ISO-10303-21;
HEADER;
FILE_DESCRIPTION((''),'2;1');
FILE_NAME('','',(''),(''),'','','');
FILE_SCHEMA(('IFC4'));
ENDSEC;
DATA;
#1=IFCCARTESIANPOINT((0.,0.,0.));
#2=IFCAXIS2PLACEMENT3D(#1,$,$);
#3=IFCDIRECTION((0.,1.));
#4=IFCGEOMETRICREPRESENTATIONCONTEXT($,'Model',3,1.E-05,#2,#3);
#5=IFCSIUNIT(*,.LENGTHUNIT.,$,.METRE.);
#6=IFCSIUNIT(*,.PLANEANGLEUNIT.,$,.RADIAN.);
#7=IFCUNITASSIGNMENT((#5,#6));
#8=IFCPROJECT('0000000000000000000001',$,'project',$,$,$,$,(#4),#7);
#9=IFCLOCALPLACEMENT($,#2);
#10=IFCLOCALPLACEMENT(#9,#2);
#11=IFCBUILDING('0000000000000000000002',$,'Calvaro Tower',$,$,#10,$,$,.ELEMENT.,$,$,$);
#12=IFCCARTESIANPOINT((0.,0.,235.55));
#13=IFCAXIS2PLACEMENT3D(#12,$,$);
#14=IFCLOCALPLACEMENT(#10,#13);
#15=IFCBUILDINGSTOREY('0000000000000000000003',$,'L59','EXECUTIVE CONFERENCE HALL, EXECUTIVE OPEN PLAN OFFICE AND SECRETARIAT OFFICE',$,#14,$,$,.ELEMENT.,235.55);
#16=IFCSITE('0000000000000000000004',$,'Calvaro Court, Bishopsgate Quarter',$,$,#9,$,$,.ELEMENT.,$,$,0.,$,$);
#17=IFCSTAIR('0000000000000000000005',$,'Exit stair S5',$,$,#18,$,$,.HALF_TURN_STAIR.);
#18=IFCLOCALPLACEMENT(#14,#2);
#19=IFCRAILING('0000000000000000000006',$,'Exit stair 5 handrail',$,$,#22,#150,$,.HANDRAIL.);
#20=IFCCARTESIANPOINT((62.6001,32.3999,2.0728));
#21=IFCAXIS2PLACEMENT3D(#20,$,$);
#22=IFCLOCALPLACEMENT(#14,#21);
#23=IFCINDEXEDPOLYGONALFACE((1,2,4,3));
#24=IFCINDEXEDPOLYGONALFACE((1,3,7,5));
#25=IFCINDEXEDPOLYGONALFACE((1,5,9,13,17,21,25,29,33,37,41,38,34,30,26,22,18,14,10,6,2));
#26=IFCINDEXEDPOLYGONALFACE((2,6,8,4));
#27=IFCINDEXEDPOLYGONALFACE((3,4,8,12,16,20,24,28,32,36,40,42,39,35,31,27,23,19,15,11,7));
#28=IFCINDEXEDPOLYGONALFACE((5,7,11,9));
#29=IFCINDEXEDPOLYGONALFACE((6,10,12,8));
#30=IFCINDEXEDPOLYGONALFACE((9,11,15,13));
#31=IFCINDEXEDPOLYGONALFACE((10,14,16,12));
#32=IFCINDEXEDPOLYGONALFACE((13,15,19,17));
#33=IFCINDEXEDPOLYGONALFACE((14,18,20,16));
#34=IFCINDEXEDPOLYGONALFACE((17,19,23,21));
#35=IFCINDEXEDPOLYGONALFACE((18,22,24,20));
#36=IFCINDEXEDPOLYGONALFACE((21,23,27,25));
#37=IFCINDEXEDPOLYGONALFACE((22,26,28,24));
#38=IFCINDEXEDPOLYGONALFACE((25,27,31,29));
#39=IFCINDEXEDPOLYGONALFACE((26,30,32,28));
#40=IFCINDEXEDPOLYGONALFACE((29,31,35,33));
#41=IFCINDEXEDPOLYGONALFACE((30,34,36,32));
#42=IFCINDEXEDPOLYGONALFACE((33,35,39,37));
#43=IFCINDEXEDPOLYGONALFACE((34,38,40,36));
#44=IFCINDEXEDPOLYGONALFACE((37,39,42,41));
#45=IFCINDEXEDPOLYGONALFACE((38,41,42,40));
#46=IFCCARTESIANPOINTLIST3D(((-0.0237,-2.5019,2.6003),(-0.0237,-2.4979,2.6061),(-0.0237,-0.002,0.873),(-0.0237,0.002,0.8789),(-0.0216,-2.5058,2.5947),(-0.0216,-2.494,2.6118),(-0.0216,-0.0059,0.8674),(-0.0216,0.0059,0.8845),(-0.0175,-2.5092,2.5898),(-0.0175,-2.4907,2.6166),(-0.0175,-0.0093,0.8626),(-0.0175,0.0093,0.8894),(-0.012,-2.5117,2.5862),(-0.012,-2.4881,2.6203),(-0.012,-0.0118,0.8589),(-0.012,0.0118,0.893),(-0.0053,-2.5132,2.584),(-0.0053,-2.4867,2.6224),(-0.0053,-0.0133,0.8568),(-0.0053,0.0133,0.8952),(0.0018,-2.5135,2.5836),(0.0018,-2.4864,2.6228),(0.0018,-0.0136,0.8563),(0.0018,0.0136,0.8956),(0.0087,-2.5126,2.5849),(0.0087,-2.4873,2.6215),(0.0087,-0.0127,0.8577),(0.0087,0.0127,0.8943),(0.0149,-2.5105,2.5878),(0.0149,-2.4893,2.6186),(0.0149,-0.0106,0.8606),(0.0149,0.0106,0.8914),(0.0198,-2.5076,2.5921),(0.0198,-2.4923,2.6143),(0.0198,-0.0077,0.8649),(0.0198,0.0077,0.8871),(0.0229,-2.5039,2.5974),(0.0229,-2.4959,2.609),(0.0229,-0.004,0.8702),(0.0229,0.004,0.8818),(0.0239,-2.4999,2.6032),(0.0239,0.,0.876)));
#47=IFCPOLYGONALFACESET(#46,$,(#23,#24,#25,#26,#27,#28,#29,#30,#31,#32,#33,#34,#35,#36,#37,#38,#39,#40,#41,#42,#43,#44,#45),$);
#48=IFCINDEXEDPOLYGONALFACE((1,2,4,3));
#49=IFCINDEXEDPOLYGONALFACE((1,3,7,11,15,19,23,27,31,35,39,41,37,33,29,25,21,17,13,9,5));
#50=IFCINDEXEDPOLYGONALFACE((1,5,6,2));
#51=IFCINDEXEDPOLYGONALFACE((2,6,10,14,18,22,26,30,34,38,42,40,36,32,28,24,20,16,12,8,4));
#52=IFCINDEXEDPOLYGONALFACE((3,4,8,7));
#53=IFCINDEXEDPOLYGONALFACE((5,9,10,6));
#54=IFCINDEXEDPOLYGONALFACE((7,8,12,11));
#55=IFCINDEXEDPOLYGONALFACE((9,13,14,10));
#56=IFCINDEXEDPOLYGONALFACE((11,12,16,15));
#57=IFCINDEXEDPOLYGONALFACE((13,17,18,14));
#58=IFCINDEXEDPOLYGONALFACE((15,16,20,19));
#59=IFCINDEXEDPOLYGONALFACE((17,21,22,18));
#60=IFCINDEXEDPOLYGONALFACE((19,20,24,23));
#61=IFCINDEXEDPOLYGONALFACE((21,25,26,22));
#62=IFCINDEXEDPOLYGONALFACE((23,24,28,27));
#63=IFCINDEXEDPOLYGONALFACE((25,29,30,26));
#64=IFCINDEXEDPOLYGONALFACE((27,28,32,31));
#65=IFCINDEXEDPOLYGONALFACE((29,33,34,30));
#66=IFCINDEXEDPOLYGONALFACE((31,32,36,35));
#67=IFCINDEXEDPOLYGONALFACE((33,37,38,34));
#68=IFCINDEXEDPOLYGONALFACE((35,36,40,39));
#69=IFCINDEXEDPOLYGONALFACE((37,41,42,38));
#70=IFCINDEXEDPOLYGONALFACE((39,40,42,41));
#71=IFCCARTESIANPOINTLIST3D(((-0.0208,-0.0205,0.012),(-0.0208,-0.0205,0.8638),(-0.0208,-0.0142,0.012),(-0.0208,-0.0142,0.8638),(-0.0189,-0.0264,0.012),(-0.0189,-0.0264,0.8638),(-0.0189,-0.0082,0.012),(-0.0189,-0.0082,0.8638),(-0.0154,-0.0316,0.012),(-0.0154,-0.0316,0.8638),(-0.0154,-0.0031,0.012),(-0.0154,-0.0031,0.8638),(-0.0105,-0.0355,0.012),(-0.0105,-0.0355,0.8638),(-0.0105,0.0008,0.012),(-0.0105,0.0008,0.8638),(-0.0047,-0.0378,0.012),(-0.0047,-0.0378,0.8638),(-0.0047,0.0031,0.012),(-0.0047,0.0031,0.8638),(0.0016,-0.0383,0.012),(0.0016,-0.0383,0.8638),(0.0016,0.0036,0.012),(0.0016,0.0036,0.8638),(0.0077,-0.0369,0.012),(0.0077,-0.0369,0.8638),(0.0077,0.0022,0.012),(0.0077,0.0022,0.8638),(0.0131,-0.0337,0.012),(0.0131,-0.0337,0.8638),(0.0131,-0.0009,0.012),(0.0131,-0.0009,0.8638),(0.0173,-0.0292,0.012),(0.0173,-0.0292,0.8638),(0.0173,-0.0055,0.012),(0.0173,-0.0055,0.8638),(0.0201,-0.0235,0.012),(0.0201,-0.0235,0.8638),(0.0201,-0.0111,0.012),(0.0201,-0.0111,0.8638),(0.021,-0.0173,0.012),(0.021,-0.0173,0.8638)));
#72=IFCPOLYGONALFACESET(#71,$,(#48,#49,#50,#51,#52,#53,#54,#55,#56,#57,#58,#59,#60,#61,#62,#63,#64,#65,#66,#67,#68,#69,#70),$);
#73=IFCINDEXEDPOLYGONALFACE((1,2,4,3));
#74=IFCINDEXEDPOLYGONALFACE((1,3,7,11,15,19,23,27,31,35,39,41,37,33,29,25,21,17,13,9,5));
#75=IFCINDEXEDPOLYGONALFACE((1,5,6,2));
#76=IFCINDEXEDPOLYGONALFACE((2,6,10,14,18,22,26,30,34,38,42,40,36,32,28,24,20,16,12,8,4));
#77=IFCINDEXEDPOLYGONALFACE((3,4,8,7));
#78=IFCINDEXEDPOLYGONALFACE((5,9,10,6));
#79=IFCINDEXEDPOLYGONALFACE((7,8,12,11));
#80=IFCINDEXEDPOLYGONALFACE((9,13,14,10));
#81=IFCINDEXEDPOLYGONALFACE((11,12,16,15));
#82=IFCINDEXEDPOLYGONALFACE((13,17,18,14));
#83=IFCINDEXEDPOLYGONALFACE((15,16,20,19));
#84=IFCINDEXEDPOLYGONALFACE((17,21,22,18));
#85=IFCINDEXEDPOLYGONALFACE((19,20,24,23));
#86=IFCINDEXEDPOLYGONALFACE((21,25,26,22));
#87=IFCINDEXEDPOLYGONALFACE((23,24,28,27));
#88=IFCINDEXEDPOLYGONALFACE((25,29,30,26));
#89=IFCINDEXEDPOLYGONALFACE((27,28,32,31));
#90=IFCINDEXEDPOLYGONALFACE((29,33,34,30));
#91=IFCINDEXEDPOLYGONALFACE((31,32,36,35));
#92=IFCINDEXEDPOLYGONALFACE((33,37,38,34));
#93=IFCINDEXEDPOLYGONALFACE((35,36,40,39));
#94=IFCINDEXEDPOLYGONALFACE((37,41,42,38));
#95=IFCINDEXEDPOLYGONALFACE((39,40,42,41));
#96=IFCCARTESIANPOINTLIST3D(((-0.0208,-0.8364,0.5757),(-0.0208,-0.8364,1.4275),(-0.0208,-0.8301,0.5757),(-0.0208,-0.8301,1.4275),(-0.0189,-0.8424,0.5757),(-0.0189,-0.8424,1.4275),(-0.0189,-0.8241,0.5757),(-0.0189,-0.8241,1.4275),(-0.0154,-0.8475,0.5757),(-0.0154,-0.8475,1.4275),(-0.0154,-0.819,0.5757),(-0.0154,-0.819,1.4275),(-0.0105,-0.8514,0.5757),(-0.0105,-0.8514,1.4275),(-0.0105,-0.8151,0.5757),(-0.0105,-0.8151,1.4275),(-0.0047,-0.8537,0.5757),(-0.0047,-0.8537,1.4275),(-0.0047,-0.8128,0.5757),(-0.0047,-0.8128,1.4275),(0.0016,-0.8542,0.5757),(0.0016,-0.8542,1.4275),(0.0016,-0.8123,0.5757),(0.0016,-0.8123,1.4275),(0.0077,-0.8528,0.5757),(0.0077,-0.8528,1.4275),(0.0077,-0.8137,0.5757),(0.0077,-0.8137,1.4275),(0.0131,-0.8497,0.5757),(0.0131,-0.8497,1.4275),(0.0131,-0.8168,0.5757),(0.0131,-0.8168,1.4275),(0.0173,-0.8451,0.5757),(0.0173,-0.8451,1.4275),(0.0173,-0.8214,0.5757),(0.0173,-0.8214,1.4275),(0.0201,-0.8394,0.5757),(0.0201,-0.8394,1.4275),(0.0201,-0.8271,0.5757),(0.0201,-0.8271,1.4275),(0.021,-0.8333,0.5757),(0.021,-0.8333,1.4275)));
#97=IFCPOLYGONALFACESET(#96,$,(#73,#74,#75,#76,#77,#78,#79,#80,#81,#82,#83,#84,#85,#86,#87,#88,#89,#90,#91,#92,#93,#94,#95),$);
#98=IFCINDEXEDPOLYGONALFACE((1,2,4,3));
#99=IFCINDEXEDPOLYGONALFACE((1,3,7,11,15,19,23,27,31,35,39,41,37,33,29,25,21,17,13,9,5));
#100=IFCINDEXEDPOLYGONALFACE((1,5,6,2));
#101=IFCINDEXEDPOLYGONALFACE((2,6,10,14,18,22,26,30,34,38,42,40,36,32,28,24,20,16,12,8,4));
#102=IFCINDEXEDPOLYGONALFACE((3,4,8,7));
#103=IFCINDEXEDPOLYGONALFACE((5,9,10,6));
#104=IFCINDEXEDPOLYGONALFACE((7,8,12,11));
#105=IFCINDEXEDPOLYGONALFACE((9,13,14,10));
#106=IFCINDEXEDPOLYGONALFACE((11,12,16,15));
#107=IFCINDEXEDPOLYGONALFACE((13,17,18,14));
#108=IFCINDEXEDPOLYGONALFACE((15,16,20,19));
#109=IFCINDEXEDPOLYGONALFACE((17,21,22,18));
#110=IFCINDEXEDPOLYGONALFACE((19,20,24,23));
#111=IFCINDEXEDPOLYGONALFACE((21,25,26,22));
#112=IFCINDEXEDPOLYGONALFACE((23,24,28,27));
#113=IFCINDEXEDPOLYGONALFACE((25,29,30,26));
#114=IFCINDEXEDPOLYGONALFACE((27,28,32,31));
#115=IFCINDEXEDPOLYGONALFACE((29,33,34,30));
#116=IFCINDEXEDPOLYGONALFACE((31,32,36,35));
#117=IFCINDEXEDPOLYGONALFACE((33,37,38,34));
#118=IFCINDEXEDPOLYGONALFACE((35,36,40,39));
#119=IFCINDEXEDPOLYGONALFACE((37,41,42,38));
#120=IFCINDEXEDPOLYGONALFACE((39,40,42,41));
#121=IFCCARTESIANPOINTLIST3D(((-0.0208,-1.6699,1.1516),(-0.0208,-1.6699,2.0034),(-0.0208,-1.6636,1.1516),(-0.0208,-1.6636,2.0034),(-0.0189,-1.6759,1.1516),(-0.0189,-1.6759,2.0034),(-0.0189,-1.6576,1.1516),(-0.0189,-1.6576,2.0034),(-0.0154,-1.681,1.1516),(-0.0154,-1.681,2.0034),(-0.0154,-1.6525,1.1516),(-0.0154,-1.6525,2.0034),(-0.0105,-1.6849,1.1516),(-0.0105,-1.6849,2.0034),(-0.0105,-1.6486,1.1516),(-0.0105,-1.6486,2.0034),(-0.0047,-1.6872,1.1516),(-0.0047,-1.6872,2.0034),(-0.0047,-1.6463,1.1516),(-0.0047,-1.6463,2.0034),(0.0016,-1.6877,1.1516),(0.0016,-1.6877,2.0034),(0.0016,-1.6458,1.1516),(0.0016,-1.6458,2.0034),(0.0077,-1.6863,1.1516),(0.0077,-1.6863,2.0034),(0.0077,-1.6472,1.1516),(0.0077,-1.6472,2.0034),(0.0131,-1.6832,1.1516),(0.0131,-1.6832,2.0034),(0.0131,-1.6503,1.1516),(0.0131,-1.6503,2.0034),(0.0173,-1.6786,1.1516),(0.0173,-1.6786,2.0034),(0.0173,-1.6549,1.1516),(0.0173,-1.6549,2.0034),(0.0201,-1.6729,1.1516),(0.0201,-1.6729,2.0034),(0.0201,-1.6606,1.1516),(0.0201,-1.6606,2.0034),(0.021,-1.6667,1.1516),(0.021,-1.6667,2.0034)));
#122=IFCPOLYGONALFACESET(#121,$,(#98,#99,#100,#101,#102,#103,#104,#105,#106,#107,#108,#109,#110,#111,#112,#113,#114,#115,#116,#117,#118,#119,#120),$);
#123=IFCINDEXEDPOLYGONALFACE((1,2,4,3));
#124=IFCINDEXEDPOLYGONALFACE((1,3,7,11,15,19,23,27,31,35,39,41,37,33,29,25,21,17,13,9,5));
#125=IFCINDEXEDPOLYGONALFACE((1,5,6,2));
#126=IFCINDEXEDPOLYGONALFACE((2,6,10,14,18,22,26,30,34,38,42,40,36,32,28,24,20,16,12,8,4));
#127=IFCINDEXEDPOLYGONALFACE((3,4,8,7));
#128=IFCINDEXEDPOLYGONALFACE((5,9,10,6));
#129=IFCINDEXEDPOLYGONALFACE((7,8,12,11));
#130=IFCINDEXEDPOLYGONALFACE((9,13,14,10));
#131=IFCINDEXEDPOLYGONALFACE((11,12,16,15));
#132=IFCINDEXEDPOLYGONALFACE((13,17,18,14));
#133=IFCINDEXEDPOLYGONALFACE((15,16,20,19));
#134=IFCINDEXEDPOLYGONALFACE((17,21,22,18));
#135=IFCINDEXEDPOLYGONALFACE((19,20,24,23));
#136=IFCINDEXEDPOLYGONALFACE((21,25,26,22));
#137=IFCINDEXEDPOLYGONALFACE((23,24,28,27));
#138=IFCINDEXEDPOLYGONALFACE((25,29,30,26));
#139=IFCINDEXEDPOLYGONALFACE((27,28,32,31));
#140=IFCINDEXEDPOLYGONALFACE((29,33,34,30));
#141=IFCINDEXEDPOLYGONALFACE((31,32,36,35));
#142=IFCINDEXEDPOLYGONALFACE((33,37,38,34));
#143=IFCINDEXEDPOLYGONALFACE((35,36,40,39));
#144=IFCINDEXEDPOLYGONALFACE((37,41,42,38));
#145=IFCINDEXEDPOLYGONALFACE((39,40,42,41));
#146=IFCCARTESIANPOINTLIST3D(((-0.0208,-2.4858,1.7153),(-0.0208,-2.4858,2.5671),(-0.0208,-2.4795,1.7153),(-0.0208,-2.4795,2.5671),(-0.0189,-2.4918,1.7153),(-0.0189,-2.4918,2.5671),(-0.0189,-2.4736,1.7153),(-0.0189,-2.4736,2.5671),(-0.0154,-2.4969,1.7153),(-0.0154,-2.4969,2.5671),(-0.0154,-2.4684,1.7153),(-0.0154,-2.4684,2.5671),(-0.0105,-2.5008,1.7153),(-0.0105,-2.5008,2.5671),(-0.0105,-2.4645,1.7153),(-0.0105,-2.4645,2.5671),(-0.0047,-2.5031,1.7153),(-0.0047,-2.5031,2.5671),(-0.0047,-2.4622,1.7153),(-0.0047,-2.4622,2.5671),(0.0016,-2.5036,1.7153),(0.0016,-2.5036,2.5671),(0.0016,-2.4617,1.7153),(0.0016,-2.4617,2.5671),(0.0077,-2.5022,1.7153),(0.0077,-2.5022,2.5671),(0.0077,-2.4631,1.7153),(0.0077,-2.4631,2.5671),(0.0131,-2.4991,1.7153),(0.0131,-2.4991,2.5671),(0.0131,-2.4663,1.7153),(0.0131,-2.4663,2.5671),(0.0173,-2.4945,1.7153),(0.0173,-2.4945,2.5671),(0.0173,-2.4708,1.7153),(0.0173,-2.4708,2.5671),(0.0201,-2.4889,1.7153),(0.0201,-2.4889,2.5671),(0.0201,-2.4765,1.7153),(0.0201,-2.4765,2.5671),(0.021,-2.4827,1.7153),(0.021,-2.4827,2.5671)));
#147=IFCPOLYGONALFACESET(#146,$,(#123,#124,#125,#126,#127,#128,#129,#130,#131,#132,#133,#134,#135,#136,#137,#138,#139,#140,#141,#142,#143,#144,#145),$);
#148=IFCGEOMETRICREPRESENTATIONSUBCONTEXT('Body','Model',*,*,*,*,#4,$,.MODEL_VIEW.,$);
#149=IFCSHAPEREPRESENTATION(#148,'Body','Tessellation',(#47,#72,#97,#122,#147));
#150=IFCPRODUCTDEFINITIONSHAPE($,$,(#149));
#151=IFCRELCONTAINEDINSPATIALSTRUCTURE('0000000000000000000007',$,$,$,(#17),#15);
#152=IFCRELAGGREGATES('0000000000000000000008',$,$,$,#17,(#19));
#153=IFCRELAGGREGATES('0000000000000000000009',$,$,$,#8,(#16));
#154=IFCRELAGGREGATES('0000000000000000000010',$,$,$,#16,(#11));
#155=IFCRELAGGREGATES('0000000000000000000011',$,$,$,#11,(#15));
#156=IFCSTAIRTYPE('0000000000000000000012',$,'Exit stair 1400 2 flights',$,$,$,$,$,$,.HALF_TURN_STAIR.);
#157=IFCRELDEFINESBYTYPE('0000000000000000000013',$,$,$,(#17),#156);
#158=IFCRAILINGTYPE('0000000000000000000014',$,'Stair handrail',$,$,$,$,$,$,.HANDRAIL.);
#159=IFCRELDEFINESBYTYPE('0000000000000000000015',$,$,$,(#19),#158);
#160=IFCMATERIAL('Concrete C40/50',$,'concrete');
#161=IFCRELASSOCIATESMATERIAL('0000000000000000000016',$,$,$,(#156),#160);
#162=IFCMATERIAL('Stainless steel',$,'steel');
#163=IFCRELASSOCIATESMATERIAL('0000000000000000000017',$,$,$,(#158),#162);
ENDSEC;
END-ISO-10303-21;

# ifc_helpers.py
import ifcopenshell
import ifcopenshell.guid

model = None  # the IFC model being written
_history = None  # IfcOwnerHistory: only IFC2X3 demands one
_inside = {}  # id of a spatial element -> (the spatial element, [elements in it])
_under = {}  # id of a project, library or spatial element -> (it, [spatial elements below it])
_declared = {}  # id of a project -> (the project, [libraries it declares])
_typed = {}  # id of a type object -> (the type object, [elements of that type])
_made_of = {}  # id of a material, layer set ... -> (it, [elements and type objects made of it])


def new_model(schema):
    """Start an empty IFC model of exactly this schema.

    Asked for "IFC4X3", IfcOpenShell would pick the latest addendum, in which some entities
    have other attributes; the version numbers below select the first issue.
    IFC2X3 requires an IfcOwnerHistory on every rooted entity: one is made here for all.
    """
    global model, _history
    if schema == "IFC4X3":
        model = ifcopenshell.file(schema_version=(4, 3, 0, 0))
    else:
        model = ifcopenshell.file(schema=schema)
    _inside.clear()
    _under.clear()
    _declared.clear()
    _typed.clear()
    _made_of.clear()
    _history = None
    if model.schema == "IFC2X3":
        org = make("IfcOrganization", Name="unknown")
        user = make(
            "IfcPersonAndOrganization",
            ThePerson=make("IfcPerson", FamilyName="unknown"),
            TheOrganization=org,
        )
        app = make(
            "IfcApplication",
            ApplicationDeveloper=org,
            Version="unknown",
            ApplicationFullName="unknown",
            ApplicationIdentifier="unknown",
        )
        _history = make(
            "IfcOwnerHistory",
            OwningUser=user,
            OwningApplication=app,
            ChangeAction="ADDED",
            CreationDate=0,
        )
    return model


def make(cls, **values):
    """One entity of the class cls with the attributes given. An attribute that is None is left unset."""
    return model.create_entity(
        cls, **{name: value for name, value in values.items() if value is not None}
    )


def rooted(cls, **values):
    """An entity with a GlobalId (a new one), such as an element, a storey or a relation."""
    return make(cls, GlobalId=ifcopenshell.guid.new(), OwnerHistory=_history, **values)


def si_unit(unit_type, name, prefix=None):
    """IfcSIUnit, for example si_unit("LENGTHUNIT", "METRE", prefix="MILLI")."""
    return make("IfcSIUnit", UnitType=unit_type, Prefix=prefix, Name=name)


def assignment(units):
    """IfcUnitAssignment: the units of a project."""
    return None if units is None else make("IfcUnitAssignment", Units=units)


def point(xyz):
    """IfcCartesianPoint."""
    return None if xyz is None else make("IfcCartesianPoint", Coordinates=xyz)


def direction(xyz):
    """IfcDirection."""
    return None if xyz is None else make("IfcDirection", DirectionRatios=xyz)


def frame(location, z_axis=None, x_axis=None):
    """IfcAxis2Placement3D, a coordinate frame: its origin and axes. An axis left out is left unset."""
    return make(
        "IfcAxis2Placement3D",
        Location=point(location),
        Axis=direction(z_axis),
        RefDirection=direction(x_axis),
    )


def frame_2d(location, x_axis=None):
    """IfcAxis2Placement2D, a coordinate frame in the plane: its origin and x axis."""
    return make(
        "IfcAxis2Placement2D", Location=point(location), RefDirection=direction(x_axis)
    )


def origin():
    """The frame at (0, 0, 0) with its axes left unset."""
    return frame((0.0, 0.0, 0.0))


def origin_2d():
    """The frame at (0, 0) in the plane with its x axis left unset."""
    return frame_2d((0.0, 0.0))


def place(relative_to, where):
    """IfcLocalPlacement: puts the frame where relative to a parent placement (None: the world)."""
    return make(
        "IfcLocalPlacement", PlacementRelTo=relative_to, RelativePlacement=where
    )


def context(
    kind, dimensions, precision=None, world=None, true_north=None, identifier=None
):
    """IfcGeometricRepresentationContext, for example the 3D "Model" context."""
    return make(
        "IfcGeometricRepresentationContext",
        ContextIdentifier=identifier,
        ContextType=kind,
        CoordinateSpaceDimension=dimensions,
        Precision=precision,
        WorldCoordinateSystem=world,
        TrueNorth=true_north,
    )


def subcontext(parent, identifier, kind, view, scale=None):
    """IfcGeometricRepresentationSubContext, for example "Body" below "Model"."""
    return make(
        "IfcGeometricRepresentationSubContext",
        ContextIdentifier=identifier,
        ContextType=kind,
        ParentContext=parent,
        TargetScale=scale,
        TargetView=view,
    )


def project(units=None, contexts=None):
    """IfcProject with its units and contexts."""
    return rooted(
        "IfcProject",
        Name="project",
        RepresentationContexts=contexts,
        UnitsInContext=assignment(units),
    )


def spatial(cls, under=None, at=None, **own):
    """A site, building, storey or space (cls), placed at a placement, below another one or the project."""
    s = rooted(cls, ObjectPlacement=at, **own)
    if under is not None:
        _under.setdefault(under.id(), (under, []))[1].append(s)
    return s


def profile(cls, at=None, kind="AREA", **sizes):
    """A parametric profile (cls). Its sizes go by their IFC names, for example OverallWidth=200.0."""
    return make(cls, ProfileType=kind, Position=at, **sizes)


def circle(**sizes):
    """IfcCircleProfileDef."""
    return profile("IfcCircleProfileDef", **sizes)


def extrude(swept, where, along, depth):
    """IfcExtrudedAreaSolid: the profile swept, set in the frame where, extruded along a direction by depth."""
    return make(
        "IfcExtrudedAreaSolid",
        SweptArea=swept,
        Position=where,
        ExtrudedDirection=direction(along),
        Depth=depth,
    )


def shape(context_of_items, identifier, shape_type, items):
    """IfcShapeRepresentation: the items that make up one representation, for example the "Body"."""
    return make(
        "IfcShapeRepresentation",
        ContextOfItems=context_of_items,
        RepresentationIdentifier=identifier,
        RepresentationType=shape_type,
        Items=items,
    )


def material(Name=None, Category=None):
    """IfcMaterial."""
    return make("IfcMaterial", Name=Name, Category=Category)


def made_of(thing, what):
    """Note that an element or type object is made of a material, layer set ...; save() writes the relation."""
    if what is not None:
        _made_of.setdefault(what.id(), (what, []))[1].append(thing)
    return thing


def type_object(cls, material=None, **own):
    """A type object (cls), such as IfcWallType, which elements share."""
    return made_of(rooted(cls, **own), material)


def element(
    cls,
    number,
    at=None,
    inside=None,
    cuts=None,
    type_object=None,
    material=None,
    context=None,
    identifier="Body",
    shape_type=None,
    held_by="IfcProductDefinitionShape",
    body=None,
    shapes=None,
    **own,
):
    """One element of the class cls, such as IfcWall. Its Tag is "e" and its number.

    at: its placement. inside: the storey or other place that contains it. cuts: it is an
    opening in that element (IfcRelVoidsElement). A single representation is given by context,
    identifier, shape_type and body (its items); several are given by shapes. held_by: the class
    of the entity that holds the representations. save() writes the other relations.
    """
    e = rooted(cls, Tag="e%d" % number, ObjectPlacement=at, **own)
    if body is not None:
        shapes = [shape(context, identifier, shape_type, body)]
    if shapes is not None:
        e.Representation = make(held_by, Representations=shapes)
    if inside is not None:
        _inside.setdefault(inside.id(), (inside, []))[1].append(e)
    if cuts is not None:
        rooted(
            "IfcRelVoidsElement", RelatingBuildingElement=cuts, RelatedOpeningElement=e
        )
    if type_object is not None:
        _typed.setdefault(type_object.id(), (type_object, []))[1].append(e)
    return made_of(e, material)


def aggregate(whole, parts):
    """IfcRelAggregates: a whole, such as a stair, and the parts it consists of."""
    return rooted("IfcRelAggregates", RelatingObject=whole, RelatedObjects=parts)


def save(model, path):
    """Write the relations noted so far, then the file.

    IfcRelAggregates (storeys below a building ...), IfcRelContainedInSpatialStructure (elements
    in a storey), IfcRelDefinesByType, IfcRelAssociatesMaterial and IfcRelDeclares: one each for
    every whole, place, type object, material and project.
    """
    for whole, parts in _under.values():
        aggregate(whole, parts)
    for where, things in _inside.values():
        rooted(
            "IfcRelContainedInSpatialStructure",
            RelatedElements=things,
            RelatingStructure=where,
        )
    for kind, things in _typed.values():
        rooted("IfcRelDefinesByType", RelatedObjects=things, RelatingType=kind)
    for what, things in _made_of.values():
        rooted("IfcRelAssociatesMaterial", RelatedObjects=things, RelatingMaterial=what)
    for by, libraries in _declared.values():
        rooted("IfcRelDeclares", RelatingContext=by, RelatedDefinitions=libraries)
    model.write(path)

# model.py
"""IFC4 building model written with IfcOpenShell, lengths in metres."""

from ifc_helpers import new_model, si_unit, direction, frame, origin, origin_2d, place, context, subcontext, project, spatial, circle, extrude, material, type_object, element, aggregate, save


model = new_model("IFC4")

# Units and contexts
model_context = context("Model", 3, precision=1e-05, world=origin(), true_north=direction((0.0, 1.0)))
body_context = subcontext(model_context, "Body", "Model", "MODEL_VIEW")
ifc_project = project(units=[si_unit("LENGTHUNIT", "METRE"), si_unit("PLANEANGLEUNIT", "RADIAN")], contexts=[model_context])

# Site, building, storey
site_placement = place(None, origin())
site = spatial("IfcSite", under=ifc_project, at=site_placement, Name="Calvaro Court, Bishopsgate Quarter", CompositionType="ELEMENT", RefElevation=0.0)
building_placement = place(site_placement, origin())
building = spatial("IfcBuilding", under=site, at=building_placement, Name="Calvaro Tower", CompositionType="ELEMENT")
storey_placement = place(building_placement, frame((0.0, 0.0, 235.55)))
storey = spatial("IfcBuildingStorey", under=building, at=storey_placement, Name="L59", Description="EXECUTIVE CONFERENCE HALL, EXECUTIVE OPEN PLAN OFFICE AND SECRETARIAT OFFICE", CompositionType="ELEMENT", Elevation=235.55)

# Stair, railing
ifc_material_1 = material(Name="Concrete C40/50", Category="concrete")
stair_type = type_object("IfcStairType", Name="Exit stair 1400 2 flights", PredefinedType="HALF_TURN_STAIR", material=ifc_material_1)
stair_placement = place(storey_placement, origin())
stair = element("IfcStair", 1, at=stair_placement, inside=storey, type_object=stair_type, Name="Exit stair S5", PredefinedType="HALF_TURN_STAIR")
ifc_material_2 = material(Name="Stainless steel", Category="steel")
railing_type = type_object("IfcRailingType", Name="Stair handrail", PredefinedType="HANDRAIL", material=ifc_material_2)
railing_1_placement = place(storey_placement, frame((62.6001, 32.3999, 2.0728)))
railing_1 = element("IfcRailing", 2, at=railing_1_placement, type_object=railing_type, Name="Exit stair 5 handrail", PredefinedType="HANDRAIL", context=body_context, shape_type="SweptSolid", body=[
    extrude(circle(Radius=0.0239, at=origin_2d()), frame((0.0, 0.0, 0.876), z_axis=(0.0, -0.822727, 0.568437), x_axis=(1.0, 0.0, 0.0)), (0.0, 0.0, 1.0), 3.0386),
    extrude(circle(Radius=0.021, at=origin_2d()), frame((0.0, -0.0173, 0.012)), (0.0, 0.0, 1.0), 0.8518),
    extrude(circle(Radius=0.021, at=origin_2d()), frame((0.0, -0.8333, 0.5757)), (0.0, 0.0, 1.0), 0.8518),
    extrude(circle(Radius=0.021, at=origin_2d()), frame((0.0, -1.6667, 1.1516)), (0.0, 0.0, 1.0), 0.8518),
    extrude(circle(Radius=0.021, at=origin_2d()), frame((0.0, -2.4827, 1.7153)), (0.0, 0.0, 1.0), 0.8518),
])
aggregate(stair, [railing_1])

save(model, "model.ifc")
